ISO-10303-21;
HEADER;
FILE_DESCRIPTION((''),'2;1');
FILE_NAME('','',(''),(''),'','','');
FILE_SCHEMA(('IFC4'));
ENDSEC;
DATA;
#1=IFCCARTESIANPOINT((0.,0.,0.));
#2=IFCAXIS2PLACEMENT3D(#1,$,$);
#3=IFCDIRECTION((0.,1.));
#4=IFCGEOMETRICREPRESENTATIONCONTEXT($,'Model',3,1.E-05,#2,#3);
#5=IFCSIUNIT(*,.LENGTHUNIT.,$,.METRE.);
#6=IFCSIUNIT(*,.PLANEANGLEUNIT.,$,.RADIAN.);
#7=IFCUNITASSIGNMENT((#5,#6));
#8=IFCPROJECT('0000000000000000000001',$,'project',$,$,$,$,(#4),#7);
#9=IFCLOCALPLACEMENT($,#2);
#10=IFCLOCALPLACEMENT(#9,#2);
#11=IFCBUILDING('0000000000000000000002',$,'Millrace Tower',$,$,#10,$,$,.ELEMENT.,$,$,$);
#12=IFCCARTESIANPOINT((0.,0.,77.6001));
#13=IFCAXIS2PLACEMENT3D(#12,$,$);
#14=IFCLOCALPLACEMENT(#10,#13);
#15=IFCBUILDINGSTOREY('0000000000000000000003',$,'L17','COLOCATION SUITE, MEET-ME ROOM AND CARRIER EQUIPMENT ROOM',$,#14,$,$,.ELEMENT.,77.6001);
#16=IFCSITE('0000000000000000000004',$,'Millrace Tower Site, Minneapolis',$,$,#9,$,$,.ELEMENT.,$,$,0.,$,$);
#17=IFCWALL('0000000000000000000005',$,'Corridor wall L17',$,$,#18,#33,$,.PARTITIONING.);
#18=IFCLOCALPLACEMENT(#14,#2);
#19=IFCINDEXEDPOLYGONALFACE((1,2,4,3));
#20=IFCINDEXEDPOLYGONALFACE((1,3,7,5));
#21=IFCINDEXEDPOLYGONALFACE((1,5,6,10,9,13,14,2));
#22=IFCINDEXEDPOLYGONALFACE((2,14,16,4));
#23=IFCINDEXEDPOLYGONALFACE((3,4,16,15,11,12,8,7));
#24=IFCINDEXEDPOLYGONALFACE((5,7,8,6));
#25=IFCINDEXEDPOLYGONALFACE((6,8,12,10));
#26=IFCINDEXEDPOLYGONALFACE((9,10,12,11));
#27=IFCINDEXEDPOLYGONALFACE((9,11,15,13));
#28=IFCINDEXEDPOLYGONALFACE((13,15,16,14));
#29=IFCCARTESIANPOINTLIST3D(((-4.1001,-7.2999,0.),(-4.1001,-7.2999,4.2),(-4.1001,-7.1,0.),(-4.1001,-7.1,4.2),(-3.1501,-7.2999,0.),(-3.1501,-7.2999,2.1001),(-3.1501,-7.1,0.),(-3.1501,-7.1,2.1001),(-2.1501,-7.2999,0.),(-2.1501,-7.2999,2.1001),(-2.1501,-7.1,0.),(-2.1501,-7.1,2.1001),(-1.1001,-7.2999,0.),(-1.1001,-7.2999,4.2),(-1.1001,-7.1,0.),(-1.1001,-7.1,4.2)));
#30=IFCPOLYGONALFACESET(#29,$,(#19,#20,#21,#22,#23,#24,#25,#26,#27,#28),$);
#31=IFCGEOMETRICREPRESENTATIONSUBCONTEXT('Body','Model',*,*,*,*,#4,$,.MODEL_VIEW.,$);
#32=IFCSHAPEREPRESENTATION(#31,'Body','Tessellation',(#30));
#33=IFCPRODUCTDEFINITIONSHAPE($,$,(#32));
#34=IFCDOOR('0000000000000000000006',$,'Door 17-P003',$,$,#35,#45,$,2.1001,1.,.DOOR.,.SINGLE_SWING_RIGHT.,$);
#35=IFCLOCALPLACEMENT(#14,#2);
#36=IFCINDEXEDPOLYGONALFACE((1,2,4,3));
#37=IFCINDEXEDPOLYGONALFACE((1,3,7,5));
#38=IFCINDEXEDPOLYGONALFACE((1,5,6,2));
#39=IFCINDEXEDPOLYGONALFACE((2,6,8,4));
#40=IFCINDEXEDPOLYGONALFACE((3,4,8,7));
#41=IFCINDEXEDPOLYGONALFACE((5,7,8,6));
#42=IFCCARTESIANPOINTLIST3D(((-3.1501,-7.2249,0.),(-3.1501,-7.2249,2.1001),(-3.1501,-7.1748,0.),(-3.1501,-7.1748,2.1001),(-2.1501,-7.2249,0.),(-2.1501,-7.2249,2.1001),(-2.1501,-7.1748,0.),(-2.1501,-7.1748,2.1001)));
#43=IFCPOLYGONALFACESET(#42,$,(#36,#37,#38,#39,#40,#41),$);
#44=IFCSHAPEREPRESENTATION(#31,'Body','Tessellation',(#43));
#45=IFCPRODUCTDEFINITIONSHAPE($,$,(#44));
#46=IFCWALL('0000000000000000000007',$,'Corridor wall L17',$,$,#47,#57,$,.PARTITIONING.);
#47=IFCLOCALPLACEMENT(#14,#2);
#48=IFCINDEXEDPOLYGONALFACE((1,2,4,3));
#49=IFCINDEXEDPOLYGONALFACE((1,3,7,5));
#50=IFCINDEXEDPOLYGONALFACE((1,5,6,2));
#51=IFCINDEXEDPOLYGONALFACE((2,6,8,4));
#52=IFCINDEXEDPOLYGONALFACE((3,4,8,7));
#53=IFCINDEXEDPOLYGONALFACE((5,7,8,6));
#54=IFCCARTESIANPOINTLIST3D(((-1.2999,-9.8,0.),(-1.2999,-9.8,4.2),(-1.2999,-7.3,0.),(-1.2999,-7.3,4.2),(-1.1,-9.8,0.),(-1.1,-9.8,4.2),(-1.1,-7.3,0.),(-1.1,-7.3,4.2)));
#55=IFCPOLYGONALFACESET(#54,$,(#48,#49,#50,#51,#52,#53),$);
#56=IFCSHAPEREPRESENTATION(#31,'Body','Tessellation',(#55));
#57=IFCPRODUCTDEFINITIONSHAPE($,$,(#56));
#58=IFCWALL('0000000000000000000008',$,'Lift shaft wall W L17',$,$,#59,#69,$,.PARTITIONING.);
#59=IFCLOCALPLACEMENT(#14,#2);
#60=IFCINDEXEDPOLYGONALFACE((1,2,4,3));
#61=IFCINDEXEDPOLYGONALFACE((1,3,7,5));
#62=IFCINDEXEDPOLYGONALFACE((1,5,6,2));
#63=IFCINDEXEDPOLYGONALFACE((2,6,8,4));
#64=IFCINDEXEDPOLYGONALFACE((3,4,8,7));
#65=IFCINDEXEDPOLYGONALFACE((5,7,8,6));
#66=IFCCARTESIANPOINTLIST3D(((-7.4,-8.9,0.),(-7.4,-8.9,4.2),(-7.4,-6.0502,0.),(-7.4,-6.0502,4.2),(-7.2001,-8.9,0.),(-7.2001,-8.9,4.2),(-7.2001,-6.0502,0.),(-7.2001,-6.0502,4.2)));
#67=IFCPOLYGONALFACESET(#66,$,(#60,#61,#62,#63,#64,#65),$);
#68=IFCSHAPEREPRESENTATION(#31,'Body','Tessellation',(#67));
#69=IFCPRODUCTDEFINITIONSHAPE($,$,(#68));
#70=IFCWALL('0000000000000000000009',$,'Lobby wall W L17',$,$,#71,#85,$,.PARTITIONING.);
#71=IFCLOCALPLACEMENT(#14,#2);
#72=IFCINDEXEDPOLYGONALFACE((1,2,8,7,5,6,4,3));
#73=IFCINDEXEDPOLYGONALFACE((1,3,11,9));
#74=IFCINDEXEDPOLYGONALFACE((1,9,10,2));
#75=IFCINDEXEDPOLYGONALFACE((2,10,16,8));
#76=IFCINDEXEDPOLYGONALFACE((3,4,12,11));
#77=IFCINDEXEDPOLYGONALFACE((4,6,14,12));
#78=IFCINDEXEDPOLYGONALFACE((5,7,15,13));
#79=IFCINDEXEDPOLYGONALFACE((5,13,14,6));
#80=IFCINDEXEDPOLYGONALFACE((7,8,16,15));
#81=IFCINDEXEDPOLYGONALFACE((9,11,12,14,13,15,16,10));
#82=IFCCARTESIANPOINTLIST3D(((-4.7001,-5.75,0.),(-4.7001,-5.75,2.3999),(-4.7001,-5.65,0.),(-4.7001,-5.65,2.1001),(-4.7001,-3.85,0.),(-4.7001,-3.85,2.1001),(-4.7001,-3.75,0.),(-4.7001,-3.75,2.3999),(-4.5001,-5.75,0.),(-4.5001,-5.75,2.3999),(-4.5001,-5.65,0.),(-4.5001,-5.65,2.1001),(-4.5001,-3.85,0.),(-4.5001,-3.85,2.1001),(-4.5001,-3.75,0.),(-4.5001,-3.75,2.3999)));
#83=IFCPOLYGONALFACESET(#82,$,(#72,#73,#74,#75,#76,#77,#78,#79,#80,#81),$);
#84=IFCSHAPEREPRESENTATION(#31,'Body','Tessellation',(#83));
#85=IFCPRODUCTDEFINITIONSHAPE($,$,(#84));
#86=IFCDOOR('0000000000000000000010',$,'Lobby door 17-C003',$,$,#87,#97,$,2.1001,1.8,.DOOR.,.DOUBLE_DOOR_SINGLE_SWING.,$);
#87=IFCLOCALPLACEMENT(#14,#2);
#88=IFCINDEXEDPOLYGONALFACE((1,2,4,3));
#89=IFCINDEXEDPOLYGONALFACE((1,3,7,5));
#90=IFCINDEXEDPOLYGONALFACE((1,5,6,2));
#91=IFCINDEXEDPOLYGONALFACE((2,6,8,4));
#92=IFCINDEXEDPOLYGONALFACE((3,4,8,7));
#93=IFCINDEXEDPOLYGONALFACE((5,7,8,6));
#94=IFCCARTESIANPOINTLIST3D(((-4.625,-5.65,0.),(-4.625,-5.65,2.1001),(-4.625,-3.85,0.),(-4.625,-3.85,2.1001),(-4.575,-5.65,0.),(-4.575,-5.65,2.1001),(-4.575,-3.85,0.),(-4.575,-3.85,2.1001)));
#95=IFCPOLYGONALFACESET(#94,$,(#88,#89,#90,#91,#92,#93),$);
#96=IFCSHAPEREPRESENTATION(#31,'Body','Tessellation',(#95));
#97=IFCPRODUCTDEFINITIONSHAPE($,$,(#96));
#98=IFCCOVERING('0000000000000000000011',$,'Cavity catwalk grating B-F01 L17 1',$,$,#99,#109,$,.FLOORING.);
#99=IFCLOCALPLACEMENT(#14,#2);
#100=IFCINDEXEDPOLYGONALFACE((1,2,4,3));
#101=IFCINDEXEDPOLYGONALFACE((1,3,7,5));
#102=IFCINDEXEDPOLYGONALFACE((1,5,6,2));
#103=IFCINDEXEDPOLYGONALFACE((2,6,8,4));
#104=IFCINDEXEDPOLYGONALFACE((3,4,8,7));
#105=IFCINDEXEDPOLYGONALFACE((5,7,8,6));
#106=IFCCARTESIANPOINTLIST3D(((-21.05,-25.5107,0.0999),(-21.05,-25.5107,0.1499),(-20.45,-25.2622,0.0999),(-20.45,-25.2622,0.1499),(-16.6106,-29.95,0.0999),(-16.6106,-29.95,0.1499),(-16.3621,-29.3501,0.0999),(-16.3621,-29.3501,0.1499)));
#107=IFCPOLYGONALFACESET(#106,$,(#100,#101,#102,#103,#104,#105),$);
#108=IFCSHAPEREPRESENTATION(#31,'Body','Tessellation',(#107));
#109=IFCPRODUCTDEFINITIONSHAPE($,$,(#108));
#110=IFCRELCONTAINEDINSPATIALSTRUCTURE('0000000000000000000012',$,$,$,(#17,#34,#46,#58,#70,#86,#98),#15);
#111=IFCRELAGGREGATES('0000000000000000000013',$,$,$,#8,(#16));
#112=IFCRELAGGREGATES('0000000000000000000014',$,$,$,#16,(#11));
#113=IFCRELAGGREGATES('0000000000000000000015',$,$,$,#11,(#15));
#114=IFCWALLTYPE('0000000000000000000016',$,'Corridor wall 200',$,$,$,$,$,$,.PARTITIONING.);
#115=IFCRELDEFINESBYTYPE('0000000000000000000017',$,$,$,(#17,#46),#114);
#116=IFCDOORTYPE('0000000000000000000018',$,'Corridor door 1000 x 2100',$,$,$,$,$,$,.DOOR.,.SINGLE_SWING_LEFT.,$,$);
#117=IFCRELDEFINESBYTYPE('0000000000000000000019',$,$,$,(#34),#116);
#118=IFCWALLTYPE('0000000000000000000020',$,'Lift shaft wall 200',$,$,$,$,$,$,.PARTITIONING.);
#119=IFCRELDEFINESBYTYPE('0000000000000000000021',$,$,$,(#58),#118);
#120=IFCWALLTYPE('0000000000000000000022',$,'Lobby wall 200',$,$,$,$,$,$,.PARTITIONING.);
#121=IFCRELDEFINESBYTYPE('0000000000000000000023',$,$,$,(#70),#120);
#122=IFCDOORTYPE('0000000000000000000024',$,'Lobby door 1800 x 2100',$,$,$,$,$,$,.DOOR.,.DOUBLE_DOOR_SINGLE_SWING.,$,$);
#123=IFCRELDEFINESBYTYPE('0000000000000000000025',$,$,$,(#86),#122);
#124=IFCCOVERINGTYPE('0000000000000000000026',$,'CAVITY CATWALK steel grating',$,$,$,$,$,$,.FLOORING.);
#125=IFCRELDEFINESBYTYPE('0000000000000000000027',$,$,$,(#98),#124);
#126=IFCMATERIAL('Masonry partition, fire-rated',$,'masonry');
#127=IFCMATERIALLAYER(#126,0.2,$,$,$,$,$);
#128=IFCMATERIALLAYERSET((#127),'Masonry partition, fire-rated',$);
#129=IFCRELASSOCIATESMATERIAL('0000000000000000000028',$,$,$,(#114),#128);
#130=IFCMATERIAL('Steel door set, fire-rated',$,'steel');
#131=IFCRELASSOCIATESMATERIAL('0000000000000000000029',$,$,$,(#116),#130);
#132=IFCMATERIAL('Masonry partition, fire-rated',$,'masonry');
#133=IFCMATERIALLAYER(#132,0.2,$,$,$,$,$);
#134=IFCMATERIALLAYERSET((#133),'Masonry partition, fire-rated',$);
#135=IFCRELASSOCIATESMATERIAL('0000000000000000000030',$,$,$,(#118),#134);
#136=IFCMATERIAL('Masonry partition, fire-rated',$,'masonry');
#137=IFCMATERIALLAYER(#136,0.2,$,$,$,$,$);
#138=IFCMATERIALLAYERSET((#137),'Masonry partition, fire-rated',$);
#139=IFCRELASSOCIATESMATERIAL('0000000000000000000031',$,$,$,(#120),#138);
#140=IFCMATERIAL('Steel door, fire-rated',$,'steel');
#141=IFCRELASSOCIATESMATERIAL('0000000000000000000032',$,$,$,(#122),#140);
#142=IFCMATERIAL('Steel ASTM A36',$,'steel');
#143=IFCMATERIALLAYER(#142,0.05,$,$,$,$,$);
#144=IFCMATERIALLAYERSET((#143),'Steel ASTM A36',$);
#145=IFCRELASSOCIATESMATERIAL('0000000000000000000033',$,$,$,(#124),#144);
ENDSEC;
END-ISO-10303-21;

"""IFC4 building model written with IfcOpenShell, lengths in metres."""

from ifc_helpers import new_model, si_unit, direction, frame, frame_2d, origin, place, context, subcontext, project, spatial, polyline, rectangle, outline, extrude, material, layer, layer_set, type_object, element, fill, save


model = new_model("IFC4")

# Units and contexts
model_context = context("Model", 3, precision=1e-05, world=origin(), true_north=direction((0.0, 1.0)))
body_context = subcontext(model_context, "Body", "Model", "MODEL_VIEW")
ifc_project = project(units=[si_unit("LENGTHUNIT", "METRE"), si_unit("PLANEANGLEUNIT", "RADIAN")], contexts=[model_context])

# Site, building, storey
site_placement = place(None, origin())
site = spatial("IfcSite", under=ifc_project, at=site_placement, Name="Millrace Tower Site, Minneapolis", CompositionType="ELEMENT", RefElevation=0.0)
building_placement = place(site_placement, origin())
building = spatial("IfcBuilding", under=site, at=building_placement, Name="Millrace Tower", CompositionType="ELEMENT")
storey_placement = place(building_placement, frame((0.0, 0.0, 77.6001)))
storey = spatial("IfcBuildingStorey", under=building, at=storey_placement, Name="L17", Description="COLOCATION SUITE, MEET-ME ROOM AND CARRIER EQUIPMENT ROOM", CompositionType="ELEMENT", Elevation=77.6001)

# Shared definitions
ifc_material_1 = material(Name="Masonry partition, fire-rated", Category="masonry")
ifc_layer_1 = layer(ifc_material_1, 0.2)
ifc_layer_set_1 = layer_set([ifc_layer_1], Name="Masonry partition, fire-rated")
wall_type_1 = type_object("IfcWallType", Name="Corridor wall 200", PredefinedType="PARTITIONING", material=ifc_layer_set_1)

# Wall, opening, door
wall_1_placement = place(storey_placement, frame((-4.1001, -7.2, 0.0), z_axis=(0.0, 0.0, 1.0), x_axis=(1.0, 0.0, 0.0)))
wall_1 = element("IfcWall", 1, at=wall_1_placement, inside=storey, type_object=wall_type_1, Name="Corridor wall L17", PredefinedType="PARTITIONING", context=body_context, shape_type="SweptSolid", body=[
    extrude(rectangle(XDim=3.0, YDim=0.2, at=frame_2d((1.5, 0.0))), origin(), (0.0, 0.0, 1.0), 4.2),
])
opening_1_placement = place(wall_1_placement, frame((0.95, 0.0, 0.0)))
opening_1 = element("IfcOpeningElement", 2, at=opening_1_placement, cuts=wall_1, PredefinedType="OPENING", context=body_context, shape_type="SweptSolid", body=[
    extrude(rectangle(XDim=1.0, YDim=2.1001, at=frame_2d((0.5, 1.05))), frame((0.0, 0.1099, 0.0), z_axis=(0.0, -1.0, 0.0), x_axis=(1.0, 0.0, 0.0)), (0.0, 0.0, 1.0), 0.22),
])
ifc_material_2 = material(Name="Steel door set, fire-rated", Category="steel")
door_type_1 = type_object("IfcDoorType", Name="Corridor door 1000 x 2100", OperationType="SINGLE_SWING_LEFT", PredefinedType="DOOR", material=ifc_material_2)
door_1_placement = place(opening_1_placement, frame((1.0, 0.0, 0.0), z_axis=(0.0, 0.0, 1.0), x_axis=(-1.0, 0.0, 0.0)))
door_1 = element("IfcDoor", 3, at=door_1_placement, inside=storey, type_object=door_type_1, Name="Door 17-P003", OperationType="SINGLE_SWING_RIGHT", OverallHeight=2.1001, OverallWidth=1.0, PredefinedType="DOOR", context=body_context, shape_type="SweptSolid", body=[
    extrude(rectangle(XDim=1.0, YDim=2.1001, at=frame_2d((0.5, 1.05))), frame((0.0, 0.0249, 0.0), z_axis=(0.0, -1.0, 0.0), x_axis=(1.0, 0.0, 0.0)), (0.0, 0.0, 1.0), 0.05),
])
fill(opening_1, door_1)

# Walls
wall_2_placement = place(storey_placement, frame((-1.2, -9.8, 0.0), z_axis=(0.0, 0.0, 1.0), x_axis=(0.0, 1.0, 0.0)))
element("IfcWall", 4, at=wall_2_placement, inside=storey, type_object=wall_type_1, Name="Corridor wall L17", PredefinedType="PARTITIONING", context=body_context, shape_type="SweptSolid", body=[
    extrude(rectangle(XDim=2.5, YDim=0.2, at=frame_2d((1.25, 0.0))), origin(), (0.0, 0.0, 1.0), 4.2),
])
ifc_material_3 = material(Name="Masonry partition, fire-rated", Category="masonry")
ifc_layer_2 = layer(ifc_material_3, 0.2)
ifc_layer_set_2 = layer_set([ifc_layer_2], Name="Masonry partition, fire-rated")
wall_type_2 = type_object("IfcWallType", Name="Lift shaft wall 200", PredefinedType="PARTITIONING", material=ifc_layer_set_2)
wall_3_placement = place(storey_placement, frame((-7.3, -8.8999, 0.0), z_axis=(0.0, 0.0, 1.0), x_axis=(0.0, 1.0, 0.0)))
element("IfcWall", 5, at=wall_3_placement, inside=storey, type_object=wall_type_2, Name="Lift shaft wall W L17", PredefinedType="PARTITIONING", context=body_context, shape_type="SweptSolid", body=[
    extrude(rectangle(XDim=2.8499, YDim=0.2, at=frame_2d((1.4248, 0.0))), origin(), (0.0, 0.0, 1.0), 4.2),
])

# Wall, opening, door
ifc_material_4 = material(Name="Masonry partition, fire-rated", Category="masonry")
ifc_layer_3 = layer(ifc_material_4, 0.2)
ifc_layer_set_3 = layer_set([ifc_layer_3], Name="Masonry partition, fire-rated")
wall_type_3 = type_object("IfcWallType", Name="Lobby wall 200", PredefinedType="PARTITIONING", material=ifc_layer_set_3)
wall_4_placement = place(storey_placement, frame((-4.6001, -5.75, 0.0), z_axis=(0.0, 0.0, 1.0), x_axis=(0.0, 1.0, 0.0)))
wall_4 = element("IfcWall", 6, at=wall_4_placement, inside=storey, type_object=wall_type_3, Name="Lobby wall W L17", PredefinedType="PARTITIONING", context=body_context, shape_type="SweptSolid", body=[
    extrude(rectangle(XDim=2.0, YDim=0.2, at=frame_2d((1.0, 0.0))), origin(), (0.0, 0.0, 1.0), 2.3999),
])
opening_2_placement = place(wall_4_placement, frame((0.1001, 0.0, 0.0)))
opening_2 = element("IfcOpeningElement", 7, at=opening_2_placement, cuts=wall_4, PredefinedType="OPENING", context=body_context, shape_type="SweptSolid", body=[
    extrude(rectangle(XDim=1.8, YDim=2.1001, at=frame_2d((0.8999, 1.05))), frame((0.0, 0.1099, 0.0), z_axis=(0.0, -1.0, 0.0), x_axis=(1.0, 0.0, 0.0)), (0.0, 0.0, 1.0), 0.22),
])
ifc_material_5 = material(Name="Steel door, fire-rated", Category="steel")
door_type_2 = type_object("IfcDoorType", Name="Lobby door 1800 x 2100", OperationType="DOUBLE_DOOR_SINGLE_SWING", PredefinedType="DOOR", material=ifc_material_5)
door_2_placement = place(opening_2_placement, origin())
door_2 = element("IfcDoor", 8, at=door_2_placement, inside=storey, type_object=door_type_2, Name="Lobby door 17-C003", OperationType="DOUBLE_DOOR_SINGLE_SWING", OverallHeight=2.1001, OverallWidth=1.8, PredefinedType="DOOR", context=body_context, shape_type="SweptSolid", body=[
    extrude(rectangle(XDim=1.8, YDim=2.1001, at=frame_2d((0.8999, 1.05))), frame((0.0, 0.0249, 0.0), z_axis=(0.0, -1.0, 0.0), x_axis=(1.0, 0.0, 0.0)), (0.0, 0.0, 1.0), 0.05),
])
fill(opening_2, door_2)

# Covering
ifc_material_6 = material(Name="Steel ASTM A36", Category="steel")
ifc_layer_4 = layer(ifc_material_6, 0.05)
ifc_layer_set_4 = layer_set([ifc_layer_4], Name="Steel ASTM A36")
covering_type = type_object("IfcCoveringType", Name="CAVITY CATWALK steel grating", PredefinedType="FLOORING", material=ifc_layer_set_4)
covering_placement = place(storey_placement, frame((0.0, 0.0, 0.0999)))
element("IfcCovering", 9, at=covering_placement, inside=storey, type_object=covering_type, Name="Cavity catwalk grating B-F01 L17 1", PredefinedType="FLOORING", context=body_context, shape_type="SweptSolid", body=[
    extrude(outline(polyline([(-21.05, -25.5107), (-16.6106, -29.95), (-16.3621, -29.3501), (-20.45, -25.2622), (-21.05, -25.5107)])), origin(), (0.0, 0.0, 1.0), 0.05),
])

save(model, "model.ifc")
